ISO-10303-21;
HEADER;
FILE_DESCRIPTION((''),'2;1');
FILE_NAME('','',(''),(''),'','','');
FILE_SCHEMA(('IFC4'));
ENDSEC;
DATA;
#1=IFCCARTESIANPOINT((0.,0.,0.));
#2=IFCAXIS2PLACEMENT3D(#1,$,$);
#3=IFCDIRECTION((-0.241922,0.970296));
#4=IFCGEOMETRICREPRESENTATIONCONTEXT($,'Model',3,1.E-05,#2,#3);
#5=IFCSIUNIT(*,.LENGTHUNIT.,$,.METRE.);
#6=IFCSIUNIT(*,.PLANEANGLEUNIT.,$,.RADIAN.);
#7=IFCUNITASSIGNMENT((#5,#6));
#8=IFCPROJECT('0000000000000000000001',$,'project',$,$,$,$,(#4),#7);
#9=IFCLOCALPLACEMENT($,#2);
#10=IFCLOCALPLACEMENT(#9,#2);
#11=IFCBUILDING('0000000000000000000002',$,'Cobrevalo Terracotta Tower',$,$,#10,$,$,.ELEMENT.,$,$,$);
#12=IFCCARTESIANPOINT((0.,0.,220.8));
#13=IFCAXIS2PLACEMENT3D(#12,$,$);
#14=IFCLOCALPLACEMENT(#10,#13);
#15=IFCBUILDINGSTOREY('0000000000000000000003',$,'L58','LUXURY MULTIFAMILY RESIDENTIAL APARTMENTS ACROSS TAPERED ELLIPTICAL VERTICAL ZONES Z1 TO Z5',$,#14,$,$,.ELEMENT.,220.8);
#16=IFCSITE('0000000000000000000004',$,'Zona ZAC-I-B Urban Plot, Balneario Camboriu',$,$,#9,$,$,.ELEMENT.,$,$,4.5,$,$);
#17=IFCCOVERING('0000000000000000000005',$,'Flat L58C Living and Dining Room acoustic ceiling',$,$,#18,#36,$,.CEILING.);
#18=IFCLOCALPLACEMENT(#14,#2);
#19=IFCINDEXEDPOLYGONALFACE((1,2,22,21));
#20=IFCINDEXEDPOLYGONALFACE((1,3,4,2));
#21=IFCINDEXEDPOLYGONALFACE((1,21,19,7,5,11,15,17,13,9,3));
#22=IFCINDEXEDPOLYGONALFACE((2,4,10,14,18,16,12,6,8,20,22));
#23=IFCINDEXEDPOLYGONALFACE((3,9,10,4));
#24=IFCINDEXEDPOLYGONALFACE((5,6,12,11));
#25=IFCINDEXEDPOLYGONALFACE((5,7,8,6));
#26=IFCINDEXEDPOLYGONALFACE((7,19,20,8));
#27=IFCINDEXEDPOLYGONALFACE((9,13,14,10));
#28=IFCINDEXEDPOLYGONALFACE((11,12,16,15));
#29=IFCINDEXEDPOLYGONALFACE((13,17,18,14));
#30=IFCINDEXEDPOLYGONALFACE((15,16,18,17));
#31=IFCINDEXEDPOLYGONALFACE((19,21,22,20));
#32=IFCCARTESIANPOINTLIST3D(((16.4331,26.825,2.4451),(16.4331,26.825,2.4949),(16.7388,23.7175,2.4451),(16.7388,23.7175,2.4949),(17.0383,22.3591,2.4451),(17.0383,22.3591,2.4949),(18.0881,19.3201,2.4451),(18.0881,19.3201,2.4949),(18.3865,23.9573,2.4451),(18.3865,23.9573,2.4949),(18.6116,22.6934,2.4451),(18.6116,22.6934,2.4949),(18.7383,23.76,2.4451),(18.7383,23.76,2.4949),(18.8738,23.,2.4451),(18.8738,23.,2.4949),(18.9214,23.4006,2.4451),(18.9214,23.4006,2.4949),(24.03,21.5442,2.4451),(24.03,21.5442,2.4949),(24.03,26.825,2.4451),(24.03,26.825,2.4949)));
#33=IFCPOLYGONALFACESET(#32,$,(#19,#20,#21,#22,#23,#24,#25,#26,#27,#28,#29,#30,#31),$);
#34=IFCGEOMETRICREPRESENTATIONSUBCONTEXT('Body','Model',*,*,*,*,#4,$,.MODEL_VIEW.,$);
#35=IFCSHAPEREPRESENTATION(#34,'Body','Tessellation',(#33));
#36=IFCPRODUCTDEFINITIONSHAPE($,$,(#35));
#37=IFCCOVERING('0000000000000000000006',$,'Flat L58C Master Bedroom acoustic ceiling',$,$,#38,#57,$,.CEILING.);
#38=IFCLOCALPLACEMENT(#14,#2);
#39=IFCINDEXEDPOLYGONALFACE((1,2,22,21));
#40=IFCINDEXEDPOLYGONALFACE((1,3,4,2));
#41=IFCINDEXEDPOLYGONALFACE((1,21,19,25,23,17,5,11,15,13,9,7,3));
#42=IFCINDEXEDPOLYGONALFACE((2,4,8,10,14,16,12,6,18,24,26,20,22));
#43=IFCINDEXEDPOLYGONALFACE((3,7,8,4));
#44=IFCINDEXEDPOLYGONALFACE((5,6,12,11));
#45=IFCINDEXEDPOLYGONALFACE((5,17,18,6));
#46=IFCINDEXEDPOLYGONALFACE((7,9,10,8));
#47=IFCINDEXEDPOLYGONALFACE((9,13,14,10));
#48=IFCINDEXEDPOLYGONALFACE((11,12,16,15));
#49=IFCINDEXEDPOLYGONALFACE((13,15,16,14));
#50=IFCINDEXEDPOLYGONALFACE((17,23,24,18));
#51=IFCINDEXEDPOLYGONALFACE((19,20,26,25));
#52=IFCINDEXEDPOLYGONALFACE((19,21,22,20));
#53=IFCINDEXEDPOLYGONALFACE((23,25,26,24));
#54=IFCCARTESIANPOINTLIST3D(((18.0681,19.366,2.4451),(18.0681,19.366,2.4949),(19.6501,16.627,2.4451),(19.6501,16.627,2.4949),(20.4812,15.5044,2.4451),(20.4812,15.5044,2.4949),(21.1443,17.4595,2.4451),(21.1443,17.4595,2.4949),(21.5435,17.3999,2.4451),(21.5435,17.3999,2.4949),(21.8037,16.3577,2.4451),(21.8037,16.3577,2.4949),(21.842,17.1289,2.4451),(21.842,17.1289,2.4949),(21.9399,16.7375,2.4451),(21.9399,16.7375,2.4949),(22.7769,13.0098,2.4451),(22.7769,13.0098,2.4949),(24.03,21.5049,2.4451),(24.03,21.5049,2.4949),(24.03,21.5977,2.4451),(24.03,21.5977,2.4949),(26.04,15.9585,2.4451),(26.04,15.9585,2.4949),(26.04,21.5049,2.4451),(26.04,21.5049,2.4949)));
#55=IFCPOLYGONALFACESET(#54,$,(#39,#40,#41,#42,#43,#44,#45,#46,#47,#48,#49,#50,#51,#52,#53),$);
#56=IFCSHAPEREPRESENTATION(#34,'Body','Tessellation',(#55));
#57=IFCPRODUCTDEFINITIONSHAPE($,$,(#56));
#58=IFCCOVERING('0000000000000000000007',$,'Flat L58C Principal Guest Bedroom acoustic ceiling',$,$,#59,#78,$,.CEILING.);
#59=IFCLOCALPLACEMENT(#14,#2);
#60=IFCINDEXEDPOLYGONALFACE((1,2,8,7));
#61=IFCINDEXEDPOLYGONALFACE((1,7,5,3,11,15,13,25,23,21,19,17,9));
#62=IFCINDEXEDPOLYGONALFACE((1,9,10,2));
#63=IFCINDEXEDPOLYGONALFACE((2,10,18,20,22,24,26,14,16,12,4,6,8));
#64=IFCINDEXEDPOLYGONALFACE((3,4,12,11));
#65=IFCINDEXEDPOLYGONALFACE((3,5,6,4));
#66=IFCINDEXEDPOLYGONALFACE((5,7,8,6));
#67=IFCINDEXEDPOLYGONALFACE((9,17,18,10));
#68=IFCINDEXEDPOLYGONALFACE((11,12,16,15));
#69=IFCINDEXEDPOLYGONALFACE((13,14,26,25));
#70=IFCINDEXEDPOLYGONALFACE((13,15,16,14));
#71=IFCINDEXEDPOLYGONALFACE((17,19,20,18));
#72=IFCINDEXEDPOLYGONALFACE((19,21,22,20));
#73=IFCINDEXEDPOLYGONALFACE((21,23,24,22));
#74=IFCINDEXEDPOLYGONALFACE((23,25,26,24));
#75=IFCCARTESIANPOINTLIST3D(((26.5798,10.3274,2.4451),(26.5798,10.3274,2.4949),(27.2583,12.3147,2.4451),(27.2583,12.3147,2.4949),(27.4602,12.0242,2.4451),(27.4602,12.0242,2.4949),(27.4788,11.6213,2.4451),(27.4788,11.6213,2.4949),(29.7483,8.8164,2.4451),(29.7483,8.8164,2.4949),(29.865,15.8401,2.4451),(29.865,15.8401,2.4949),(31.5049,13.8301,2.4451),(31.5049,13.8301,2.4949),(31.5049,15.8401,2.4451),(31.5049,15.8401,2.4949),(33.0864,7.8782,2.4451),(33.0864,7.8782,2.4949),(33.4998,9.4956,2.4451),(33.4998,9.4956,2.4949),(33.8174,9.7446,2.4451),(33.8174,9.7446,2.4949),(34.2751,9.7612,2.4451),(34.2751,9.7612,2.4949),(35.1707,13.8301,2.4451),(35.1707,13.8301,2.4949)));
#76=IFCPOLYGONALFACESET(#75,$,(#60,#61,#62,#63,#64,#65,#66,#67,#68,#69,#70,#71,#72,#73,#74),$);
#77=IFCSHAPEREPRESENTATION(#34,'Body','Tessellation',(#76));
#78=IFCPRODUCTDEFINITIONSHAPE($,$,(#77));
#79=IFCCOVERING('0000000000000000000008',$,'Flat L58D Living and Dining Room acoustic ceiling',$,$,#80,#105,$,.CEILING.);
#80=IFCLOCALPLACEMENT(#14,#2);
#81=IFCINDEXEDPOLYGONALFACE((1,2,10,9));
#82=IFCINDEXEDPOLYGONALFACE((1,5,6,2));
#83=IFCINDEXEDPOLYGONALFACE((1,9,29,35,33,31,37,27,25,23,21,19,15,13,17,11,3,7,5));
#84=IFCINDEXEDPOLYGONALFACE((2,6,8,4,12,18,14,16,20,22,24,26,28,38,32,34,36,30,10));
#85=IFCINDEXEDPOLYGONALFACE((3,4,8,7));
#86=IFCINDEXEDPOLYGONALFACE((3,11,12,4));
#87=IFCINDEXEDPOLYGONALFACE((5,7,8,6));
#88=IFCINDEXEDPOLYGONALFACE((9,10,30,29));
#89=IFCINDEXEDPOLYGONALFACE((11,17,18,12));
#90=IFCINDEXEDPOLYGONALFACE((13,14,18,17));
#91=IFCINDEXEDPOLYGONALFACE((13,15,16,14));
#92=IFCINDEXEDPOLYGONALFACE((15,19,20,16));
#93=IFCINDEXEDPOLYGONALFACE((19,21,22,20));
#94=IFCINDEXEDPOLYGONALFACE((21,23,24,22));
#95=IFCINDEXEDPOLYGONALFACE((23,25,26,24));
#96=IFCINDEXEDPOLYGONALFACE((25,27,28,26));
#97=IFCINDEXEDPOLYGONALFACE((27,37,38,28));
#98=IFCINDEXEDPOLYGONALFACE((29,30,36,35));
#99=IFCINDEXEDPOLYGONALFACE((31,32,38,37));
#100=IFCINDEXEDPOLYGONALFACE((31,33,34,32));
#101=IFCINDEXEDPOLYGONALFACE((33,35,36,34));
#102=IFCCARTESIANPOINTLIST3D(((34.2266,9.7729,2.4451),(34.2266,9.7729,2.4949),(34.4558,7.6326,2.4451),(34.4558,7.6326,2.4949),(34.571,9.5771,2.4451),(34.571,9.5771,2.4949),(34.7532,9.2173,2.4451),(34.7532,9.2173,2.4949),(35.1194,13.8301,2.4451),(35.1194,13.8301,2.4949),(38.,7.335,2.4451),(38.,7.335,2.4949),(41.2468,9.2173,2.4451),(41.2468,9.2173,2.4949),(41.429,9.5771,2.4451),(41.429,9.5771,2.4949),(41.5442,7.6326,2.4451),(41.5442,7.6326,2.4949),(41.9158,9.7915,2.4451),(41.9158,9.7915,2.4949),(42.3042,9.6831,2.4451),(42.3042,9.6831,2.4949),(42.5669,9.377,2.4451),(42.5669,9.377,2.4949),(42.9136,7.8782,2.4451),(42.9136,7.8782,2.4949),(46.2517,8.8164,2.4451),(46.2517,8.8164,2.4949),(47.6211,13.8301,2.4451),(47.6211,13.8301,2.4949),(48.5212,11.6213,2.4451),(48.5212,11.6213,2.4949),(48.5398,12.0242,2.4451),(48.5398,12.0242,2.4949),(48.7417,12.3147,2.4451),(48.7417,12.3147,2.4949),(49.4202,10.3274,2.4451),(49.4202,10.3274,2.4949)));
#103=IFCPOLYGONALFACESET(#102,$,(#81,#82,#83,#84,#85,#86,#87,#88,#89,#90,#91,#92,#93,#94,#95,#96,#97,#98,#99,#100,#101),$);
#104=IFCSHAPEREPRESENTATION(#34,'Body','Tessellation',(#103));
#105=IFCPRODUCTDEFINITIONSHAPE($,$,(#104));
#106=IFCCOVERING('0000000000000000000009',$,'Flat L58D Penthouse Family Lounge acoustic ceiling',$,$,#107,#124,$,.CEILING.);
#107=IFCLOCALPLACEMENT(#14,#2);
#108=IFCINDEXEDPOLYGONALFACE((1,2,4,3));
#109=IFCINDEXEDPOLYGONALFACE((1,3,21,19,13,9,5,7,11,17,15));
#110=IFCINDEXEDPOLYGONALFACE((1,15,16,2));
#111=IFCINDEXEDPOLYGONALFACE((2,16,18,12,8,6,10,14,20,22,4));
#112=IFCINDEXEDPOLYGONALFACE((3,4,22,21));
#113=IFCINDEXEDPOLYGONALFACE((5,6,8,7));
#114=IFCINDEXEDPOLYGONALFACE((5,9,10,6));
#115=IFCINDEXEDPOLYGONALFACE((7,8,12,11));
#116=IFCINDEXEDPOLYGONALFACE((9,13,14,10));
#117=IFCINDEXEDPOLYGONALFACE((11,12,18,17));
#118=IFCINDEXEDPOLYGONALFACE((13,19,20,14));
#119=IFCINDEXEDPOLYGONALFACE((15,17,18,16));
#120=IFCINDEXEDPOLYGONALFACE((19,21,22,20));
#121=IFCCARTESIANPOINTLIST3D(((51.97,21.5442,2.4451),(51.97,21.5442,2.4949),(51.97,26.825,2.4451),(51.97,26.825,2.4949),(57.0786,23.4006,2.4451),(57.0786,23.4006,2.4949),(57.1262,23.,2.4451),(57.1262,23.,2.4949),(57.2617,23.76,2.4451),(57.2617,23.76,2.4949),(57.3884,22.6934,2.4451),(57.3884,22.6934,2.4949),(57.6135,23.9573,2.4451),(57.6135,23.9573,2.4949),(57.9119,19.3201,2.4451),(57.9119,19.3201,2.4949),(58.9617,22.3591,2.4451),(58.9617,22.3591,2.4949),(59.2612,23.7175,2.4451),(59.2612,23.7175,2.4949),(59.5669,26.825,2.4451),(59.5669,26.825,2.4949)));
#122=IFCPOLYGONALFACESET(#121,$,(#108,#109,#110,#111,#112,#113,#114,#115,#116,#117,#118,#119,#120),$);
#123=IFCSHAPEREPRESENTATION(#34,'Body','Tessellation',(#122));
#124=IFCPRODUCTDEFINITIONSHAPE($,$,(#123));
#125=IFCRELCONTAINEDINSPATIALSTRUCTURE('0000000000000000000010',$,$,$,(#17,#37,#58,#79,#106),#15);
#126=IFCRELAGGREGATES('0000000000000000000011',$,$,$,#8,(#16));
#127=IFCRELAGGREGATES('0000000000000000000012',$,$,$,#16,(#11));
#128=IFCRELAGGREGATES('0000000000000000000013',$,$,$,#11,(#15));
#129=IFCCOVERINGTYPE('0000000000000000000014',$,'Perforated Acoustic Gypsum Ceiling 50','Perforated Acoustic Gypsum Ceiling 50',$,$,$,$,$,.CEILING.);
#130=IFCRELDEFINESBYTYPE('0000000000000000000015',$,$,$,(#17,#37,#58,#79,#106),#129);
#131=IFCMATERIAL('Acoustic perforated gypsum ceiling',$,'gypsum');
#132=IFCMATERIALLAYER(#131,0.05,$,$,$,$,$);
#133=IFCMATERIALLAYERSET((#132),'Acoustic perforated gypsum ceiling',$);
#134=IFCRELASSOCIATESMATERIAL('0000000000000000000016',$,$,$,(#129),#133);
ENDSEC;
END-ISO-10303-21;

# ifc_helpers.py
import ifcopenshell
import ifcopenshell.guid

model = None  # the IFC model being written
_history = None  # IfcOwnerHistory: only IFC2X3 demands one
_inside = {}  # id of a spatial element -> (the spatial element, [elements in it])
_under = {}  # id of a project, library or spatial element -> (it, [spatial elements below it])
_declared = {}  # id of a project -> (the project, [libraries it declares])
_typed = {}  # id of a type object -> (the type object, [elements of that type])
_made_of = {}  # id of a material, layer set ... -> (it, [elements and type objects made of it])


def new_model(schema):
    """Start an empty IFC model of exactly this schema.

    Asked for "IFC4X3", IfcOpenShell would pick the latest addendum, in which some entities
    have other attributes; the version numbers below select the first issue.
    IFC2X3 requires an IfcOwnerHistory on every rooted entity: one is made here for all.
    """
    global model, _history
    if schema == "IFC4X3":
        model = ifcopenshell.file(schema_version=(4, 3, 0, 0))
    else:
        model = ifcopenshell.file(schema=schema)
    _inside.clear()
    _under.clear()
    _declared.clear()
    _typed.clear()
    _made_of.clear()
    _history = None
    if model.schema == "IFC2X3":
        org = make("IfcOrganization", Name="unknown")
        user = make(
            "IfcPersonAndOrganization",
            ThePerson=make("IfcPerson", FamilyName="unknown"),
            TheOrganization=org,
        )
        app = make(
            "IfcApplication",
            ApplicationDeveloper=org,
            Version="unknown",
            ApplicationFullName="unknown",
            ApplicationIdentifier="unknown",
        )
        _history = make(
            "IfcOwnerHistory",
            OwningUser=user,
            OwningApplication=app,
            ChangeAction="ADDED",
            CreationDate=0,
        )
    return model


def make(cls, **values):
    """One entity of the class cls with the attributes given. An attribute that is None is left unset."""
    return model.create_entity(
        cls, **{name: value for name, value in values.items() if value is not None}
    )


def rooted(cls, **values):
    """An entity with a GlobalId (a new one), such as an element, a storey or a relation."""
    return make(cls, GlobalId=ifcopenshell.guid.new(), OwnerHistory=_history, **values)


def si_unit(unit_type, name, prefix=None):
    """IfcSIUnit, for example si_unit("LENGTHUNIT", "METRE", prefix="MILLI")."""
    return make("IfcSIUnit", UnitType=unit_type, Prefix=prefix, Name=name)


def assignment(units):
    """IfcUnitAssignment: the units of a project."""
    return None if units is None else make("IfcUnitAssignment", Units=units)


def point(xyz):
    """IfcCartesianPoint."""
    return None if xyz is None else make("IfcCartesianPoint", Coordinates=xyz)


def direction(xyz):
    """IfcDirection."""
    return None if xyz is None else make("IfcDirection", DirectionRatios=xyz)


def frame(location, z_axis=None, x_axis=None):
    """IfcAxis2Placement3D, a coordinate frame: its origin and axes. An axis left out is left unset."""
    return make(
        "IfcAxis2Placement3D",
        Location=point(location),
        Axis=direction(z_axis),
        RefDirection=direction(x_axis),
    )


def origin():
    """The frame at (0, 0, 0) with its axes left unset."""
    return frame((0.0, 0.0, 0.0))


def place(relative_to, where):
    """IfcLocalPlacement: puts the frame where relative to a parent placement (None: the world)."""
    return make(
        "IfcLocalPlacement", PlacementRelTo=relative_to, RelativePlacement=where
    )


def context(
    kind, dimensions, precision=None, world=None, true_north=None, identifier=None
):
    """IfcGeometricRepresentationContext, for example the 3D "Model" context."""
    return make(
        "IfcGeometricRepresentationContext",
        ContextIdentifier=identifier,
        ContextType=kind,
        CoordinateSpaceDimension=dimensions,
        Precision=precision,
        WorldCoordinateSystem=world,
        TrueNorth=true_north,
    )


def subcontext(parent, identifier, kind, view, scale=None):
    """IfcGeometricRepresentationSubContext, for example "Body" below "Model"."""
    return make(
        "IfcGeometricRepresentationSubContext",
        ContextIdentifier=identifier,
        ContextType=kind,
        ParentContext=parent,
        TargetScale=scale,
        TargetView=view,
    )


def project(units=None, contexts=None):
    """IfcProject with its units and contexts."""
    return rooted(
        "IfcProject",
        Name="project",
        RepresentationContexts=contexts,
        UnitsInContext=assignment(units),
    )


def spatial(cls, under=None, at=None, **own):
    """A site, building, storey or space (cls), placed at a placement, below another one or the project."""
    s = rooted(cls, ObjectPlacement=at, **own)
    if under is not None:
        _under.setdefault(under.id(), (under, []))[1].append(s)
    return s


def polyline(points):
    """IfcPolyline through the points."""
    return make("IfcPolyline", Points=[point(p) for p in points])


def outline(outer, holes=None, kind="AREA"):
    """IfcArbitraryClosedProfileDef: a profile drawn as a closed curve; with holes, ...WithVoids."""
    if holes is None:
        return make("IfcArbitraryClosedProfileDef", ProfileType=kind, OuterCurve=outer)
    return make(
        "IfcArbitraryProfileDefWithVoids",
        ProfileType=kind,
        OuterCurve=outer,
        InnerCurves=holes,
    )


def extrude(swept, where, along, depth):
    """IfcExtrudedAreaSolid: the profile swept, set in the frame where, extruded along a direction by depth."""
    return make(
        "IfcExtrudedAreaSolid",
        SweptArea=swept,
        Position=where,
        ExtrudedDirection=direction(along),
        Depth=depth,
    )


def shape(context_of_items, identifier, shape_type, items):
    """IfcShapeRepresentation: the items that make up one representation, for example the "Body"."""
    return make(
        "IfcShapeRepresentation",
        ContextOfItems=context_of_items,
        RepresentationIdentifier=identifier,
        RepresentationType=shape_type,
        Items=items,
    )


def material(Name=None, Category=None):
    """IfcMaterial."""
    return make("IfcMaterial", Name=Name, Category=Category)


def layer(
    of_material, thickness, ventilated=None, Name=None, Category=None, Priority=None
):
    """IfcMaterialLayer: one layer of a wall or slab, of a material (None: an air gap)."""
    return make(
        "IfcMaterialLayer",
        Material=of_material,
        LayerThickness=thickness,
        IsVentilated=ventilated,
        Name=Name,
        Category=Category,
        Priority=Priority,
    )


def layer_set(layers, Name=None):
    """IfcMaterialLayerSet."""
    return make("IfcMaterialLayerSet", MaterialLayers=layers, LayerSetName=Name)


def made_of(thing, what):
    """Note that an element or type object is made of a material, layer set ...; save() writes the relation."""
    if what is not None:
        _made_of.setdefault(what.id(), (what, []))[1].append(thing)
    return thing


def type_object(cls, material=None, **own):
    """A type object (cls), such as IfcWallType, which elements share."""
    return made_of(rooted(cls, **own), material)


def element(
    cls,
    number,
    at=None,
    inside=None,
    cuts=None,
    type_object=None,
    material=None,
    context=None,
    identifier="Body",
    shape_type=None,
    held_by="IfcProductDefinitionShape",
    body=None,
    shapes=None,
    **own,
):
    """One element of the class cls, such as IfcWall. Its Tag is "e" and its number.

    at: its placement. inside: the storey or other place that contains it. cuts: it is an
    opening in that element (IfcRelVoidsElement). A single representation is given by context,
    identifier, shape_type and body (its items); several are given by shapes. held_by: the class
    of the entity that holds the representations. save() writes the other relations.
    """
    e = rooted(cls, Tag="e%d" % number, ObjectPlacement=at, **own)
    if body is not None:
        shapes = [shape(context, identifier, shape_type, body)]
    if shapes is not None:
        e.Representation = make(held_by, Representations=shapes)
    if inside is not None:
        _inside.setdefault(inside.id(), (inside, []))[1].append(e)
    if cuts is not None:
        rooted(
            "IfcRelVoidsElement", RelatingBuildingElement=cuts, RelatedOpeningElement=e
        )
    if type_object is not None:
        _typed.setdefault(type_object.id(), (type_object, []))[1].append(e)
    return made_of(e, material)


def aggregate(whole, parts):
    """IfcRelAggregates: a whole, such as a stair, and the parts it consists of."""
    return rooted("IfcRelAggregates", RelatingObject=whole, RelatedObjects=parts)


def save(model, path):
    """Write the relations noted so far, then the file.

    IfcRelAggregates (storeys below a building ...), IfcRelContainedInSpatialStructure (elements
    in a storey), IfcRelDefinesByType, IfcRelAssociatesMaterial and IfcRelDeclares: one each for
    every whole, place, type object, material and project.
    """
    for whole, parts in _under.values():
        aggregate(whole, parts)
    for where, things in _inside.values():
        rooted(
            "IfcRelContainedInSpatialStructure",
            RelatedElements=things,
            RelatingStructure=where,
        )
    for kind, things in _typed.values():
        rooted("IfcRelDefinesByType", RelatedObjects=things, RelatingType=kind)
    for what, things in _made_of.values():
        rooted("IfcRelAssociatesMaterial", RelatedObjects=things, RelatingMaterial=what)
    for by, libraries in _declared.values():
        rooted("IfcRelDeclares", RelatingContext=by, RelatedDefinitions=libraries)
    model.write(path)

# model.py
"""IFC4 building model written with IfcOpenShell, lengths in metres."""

from ifc_helpers import new_model, si_unit, direction, frame, origin, place, context, subcontext, project, spatial, polyline, outline, extrude, material, layer, layer_set, type_object, element, save


model = new_model("IFC4")

# Units and contexts
model_context = context("Model", 3, precision=1e-05, world=origin(), true_north=direction((-0.241922, 0.970296)))
body_context = subcontext(model_context, "Body", "Model", "MODEL_VIEW")
ifc_project = project(units=[si_unit("LENGTHUNIT", "METRE"), si_unit("PLANEANGLEUNIT", "RADIAN")], contexts=[model_context])

# Site, building, storey
site_placement = place(None, origin())
site = spatial("IfcSite", under=ifc_project, at=site_placement, Name="Zona ZAC-I-B Urban Plot, Balneario Camboriu", CompositionType="ELEMENT", RefElevation=4.5)
building_placement = place(site_placement, origin())
building = spatial("IfcBuilding", under=site, at=building_placement, Name="Cobrevalo Terracotta Tower", CompositionType="ELEMENT")
storey_placement = place(building_placement, frame((0.0, 0.0, 220.8)))
storey = spatial("IfcBuildingStorey", under=building, at=storey_placement, Name="L58", Description="LUXURY MULTIFAMILY RESIDENTIAL APARTMENTS ACROSS TAPERED ELLIPTICAL VERTICAL ZONES Z1 TO Z5", CompositionType="ELEMENT", Elevation=220.8)

# Coverings
ifc_material_1 = material(Name="Acoustic perforated gypsum ceiling", Category="gypsum")
ifc_layer_1 = layer(ifc_material_1, 0.05)
ifc_layer_set_1 = layer_set([ifc_layer_1], Name="Acoustic perforated gypsum ceiling")
covering_type_1 = type_object("IfcCoveringType", Name="Perforated Acoustic Gypsum Ceiling 50", Description="Perforated Acoustic Gypsum Ceiling 50", PredefinedType="CEILING", material=ifc_layer_set_1)
covering_1_placement = place(storey_placement, frame((0.0, 0.0, 2.4451)))
element("IfcCovering", 1, at=covering_1_placement, inside=storey, type_object=covering_type_1, Name="Flat L58C Living and Dining Room acoustic ceiling", PredefinedType="CEILING", context=body_context, shape_type="SweptSolid", body=[
    extrude(outline(polyline([(18.0881, 19.3201), (17.0383, 22.3591), (18.6116, 22.6934), (18.8738, 23.0), (18.9214, 23.4006), (18.7383, 23.76), (18.3865, 23.9573), (16.7388, 23.7175), (16.4331, 26.825), (24.03, 26.825), (24.03, 21.5442), (18.0881, 19.3201)])), origin(), (0.0, 0.0, 1.0), 0.0498),
])
covering_2_placement = place(storey_placement, frame((0.0, 0.0, 2.4451)))
element("IfcCovering", 2, at=covering_2_placement, inside=storey, type_object=covering_type_1, Name="Flat L58C Master Bedroom acoustic ceiling", PredefinedType="CEILING", context=body_context, shape_type="SweptSolid", body=[
    extrude(outline(polyline([(22.7769, 13.0098), (20.4812, 15.5044), (21.8037, 16.3577), (21.9399, 16.7375), (21.842, 17.1289), (21.5435, 17.3999), (21.1443, 17.4595), (19.6501, 16.627), (18.0681, 19.366), (24.03, 21.5977), (24.03, 21.5049), (26.04, 21.5049), (26.04, 15.9585), (22.7769, 13.0098)])), origin(), (0.0, 0.0, 1.0), 0.0498),
])
covering_3_placement = place(storey_placement, frame((0.0, 0.0, 2.4451)))
element("IfcCovering", 3, at=covering_3_placement, inside=storey, type_object=covering_type_1, Name="Flat L58C Principal Guest Bedroom acoustic ceiling", PredefinedType="CEILING", context=body_context, shape_type="SweptSolid", body=[
    extrude(outline(polyline([(26.5798, 10.3274), (27.4788, 11.6213), (27.4602, 12.0242), (27.2583, 12.3147), (29.865, 15.8401), (31.5049, 15.8401), (31.5049, 13.8301), (35.1707, 13.8301), (34.2751, 9.7612), (33.8174, 9.7446), (33.4998, 9.4956), (33.0864, 7.8782), (29.7483, 8.8164), (26.5798, 10.3274)])), origin(), (0.0, 0.0, 1.0), 0.0498),
])
covering_4_placement = place(storey_placement, frame((0.0, 0.0, 2.4451)))
element("IfcCovering", 4, at=covering_4_placement, inside=storey, type_object=covering_type_1, Name="Flat L58D Living and Dining Room acoustic ceiling", PredefinedType="CEILING", context=body_context, shape_type="SweptSolid", body=[
    extrude(outline(polyline([(46.2517, 8.8164), (42.9136, 7.8782), (42.5669, 9.377), (42.3042, 9.6831), (41.9158, 9.7915), (41.429, 9.5771), (41.2468, 9.2173), (41.5442, 7.6326), (38.0, 7.335), (34.4558, 7.6326), (34.7532, 9.2173), (34.571, 9.5771), (34.2266, 9.7729), (35.1194, 13.8301), (47.6211, 13.8301), (48.7417, 12.3147), (48.5398, 12.0242), (48.5212, 11.6213), (49.4202, 10.3274), (46.2517, 8.8164)])), origin(), (0.0, 0.0, 1.0), 0.0498),
])
covering_5_placement = place(storey_placement, frame((0.0, 0.0, 2.4451)))
element("IfcCovering", 5, at=covering_5_placement, inside=storey, type_object=covering_type_1, Name="Flat L58D Penthouse Family Lounge acoustic ceiling", PredefinedType="CEILING", context=body_context, shape_type="SweptSolid", body=[
    extrude(outline(polyline([(51.97, 21.5442), (51.97, 26.825), (59.5669, 26.825), (59.2612, 23.7175), (57.6135, 23.9573), (57.2617, 23.76), (57.0786, 23.4006), (57.1262, 23.0), (57.3884, 22.6934), (58.9617, 22.3591), (57.9119, 19.3201), (51.97, 21.5442)])), origin(), (0.0, 0.0, 1.0), 0.0498),
])

save(model, "model.ifc")
